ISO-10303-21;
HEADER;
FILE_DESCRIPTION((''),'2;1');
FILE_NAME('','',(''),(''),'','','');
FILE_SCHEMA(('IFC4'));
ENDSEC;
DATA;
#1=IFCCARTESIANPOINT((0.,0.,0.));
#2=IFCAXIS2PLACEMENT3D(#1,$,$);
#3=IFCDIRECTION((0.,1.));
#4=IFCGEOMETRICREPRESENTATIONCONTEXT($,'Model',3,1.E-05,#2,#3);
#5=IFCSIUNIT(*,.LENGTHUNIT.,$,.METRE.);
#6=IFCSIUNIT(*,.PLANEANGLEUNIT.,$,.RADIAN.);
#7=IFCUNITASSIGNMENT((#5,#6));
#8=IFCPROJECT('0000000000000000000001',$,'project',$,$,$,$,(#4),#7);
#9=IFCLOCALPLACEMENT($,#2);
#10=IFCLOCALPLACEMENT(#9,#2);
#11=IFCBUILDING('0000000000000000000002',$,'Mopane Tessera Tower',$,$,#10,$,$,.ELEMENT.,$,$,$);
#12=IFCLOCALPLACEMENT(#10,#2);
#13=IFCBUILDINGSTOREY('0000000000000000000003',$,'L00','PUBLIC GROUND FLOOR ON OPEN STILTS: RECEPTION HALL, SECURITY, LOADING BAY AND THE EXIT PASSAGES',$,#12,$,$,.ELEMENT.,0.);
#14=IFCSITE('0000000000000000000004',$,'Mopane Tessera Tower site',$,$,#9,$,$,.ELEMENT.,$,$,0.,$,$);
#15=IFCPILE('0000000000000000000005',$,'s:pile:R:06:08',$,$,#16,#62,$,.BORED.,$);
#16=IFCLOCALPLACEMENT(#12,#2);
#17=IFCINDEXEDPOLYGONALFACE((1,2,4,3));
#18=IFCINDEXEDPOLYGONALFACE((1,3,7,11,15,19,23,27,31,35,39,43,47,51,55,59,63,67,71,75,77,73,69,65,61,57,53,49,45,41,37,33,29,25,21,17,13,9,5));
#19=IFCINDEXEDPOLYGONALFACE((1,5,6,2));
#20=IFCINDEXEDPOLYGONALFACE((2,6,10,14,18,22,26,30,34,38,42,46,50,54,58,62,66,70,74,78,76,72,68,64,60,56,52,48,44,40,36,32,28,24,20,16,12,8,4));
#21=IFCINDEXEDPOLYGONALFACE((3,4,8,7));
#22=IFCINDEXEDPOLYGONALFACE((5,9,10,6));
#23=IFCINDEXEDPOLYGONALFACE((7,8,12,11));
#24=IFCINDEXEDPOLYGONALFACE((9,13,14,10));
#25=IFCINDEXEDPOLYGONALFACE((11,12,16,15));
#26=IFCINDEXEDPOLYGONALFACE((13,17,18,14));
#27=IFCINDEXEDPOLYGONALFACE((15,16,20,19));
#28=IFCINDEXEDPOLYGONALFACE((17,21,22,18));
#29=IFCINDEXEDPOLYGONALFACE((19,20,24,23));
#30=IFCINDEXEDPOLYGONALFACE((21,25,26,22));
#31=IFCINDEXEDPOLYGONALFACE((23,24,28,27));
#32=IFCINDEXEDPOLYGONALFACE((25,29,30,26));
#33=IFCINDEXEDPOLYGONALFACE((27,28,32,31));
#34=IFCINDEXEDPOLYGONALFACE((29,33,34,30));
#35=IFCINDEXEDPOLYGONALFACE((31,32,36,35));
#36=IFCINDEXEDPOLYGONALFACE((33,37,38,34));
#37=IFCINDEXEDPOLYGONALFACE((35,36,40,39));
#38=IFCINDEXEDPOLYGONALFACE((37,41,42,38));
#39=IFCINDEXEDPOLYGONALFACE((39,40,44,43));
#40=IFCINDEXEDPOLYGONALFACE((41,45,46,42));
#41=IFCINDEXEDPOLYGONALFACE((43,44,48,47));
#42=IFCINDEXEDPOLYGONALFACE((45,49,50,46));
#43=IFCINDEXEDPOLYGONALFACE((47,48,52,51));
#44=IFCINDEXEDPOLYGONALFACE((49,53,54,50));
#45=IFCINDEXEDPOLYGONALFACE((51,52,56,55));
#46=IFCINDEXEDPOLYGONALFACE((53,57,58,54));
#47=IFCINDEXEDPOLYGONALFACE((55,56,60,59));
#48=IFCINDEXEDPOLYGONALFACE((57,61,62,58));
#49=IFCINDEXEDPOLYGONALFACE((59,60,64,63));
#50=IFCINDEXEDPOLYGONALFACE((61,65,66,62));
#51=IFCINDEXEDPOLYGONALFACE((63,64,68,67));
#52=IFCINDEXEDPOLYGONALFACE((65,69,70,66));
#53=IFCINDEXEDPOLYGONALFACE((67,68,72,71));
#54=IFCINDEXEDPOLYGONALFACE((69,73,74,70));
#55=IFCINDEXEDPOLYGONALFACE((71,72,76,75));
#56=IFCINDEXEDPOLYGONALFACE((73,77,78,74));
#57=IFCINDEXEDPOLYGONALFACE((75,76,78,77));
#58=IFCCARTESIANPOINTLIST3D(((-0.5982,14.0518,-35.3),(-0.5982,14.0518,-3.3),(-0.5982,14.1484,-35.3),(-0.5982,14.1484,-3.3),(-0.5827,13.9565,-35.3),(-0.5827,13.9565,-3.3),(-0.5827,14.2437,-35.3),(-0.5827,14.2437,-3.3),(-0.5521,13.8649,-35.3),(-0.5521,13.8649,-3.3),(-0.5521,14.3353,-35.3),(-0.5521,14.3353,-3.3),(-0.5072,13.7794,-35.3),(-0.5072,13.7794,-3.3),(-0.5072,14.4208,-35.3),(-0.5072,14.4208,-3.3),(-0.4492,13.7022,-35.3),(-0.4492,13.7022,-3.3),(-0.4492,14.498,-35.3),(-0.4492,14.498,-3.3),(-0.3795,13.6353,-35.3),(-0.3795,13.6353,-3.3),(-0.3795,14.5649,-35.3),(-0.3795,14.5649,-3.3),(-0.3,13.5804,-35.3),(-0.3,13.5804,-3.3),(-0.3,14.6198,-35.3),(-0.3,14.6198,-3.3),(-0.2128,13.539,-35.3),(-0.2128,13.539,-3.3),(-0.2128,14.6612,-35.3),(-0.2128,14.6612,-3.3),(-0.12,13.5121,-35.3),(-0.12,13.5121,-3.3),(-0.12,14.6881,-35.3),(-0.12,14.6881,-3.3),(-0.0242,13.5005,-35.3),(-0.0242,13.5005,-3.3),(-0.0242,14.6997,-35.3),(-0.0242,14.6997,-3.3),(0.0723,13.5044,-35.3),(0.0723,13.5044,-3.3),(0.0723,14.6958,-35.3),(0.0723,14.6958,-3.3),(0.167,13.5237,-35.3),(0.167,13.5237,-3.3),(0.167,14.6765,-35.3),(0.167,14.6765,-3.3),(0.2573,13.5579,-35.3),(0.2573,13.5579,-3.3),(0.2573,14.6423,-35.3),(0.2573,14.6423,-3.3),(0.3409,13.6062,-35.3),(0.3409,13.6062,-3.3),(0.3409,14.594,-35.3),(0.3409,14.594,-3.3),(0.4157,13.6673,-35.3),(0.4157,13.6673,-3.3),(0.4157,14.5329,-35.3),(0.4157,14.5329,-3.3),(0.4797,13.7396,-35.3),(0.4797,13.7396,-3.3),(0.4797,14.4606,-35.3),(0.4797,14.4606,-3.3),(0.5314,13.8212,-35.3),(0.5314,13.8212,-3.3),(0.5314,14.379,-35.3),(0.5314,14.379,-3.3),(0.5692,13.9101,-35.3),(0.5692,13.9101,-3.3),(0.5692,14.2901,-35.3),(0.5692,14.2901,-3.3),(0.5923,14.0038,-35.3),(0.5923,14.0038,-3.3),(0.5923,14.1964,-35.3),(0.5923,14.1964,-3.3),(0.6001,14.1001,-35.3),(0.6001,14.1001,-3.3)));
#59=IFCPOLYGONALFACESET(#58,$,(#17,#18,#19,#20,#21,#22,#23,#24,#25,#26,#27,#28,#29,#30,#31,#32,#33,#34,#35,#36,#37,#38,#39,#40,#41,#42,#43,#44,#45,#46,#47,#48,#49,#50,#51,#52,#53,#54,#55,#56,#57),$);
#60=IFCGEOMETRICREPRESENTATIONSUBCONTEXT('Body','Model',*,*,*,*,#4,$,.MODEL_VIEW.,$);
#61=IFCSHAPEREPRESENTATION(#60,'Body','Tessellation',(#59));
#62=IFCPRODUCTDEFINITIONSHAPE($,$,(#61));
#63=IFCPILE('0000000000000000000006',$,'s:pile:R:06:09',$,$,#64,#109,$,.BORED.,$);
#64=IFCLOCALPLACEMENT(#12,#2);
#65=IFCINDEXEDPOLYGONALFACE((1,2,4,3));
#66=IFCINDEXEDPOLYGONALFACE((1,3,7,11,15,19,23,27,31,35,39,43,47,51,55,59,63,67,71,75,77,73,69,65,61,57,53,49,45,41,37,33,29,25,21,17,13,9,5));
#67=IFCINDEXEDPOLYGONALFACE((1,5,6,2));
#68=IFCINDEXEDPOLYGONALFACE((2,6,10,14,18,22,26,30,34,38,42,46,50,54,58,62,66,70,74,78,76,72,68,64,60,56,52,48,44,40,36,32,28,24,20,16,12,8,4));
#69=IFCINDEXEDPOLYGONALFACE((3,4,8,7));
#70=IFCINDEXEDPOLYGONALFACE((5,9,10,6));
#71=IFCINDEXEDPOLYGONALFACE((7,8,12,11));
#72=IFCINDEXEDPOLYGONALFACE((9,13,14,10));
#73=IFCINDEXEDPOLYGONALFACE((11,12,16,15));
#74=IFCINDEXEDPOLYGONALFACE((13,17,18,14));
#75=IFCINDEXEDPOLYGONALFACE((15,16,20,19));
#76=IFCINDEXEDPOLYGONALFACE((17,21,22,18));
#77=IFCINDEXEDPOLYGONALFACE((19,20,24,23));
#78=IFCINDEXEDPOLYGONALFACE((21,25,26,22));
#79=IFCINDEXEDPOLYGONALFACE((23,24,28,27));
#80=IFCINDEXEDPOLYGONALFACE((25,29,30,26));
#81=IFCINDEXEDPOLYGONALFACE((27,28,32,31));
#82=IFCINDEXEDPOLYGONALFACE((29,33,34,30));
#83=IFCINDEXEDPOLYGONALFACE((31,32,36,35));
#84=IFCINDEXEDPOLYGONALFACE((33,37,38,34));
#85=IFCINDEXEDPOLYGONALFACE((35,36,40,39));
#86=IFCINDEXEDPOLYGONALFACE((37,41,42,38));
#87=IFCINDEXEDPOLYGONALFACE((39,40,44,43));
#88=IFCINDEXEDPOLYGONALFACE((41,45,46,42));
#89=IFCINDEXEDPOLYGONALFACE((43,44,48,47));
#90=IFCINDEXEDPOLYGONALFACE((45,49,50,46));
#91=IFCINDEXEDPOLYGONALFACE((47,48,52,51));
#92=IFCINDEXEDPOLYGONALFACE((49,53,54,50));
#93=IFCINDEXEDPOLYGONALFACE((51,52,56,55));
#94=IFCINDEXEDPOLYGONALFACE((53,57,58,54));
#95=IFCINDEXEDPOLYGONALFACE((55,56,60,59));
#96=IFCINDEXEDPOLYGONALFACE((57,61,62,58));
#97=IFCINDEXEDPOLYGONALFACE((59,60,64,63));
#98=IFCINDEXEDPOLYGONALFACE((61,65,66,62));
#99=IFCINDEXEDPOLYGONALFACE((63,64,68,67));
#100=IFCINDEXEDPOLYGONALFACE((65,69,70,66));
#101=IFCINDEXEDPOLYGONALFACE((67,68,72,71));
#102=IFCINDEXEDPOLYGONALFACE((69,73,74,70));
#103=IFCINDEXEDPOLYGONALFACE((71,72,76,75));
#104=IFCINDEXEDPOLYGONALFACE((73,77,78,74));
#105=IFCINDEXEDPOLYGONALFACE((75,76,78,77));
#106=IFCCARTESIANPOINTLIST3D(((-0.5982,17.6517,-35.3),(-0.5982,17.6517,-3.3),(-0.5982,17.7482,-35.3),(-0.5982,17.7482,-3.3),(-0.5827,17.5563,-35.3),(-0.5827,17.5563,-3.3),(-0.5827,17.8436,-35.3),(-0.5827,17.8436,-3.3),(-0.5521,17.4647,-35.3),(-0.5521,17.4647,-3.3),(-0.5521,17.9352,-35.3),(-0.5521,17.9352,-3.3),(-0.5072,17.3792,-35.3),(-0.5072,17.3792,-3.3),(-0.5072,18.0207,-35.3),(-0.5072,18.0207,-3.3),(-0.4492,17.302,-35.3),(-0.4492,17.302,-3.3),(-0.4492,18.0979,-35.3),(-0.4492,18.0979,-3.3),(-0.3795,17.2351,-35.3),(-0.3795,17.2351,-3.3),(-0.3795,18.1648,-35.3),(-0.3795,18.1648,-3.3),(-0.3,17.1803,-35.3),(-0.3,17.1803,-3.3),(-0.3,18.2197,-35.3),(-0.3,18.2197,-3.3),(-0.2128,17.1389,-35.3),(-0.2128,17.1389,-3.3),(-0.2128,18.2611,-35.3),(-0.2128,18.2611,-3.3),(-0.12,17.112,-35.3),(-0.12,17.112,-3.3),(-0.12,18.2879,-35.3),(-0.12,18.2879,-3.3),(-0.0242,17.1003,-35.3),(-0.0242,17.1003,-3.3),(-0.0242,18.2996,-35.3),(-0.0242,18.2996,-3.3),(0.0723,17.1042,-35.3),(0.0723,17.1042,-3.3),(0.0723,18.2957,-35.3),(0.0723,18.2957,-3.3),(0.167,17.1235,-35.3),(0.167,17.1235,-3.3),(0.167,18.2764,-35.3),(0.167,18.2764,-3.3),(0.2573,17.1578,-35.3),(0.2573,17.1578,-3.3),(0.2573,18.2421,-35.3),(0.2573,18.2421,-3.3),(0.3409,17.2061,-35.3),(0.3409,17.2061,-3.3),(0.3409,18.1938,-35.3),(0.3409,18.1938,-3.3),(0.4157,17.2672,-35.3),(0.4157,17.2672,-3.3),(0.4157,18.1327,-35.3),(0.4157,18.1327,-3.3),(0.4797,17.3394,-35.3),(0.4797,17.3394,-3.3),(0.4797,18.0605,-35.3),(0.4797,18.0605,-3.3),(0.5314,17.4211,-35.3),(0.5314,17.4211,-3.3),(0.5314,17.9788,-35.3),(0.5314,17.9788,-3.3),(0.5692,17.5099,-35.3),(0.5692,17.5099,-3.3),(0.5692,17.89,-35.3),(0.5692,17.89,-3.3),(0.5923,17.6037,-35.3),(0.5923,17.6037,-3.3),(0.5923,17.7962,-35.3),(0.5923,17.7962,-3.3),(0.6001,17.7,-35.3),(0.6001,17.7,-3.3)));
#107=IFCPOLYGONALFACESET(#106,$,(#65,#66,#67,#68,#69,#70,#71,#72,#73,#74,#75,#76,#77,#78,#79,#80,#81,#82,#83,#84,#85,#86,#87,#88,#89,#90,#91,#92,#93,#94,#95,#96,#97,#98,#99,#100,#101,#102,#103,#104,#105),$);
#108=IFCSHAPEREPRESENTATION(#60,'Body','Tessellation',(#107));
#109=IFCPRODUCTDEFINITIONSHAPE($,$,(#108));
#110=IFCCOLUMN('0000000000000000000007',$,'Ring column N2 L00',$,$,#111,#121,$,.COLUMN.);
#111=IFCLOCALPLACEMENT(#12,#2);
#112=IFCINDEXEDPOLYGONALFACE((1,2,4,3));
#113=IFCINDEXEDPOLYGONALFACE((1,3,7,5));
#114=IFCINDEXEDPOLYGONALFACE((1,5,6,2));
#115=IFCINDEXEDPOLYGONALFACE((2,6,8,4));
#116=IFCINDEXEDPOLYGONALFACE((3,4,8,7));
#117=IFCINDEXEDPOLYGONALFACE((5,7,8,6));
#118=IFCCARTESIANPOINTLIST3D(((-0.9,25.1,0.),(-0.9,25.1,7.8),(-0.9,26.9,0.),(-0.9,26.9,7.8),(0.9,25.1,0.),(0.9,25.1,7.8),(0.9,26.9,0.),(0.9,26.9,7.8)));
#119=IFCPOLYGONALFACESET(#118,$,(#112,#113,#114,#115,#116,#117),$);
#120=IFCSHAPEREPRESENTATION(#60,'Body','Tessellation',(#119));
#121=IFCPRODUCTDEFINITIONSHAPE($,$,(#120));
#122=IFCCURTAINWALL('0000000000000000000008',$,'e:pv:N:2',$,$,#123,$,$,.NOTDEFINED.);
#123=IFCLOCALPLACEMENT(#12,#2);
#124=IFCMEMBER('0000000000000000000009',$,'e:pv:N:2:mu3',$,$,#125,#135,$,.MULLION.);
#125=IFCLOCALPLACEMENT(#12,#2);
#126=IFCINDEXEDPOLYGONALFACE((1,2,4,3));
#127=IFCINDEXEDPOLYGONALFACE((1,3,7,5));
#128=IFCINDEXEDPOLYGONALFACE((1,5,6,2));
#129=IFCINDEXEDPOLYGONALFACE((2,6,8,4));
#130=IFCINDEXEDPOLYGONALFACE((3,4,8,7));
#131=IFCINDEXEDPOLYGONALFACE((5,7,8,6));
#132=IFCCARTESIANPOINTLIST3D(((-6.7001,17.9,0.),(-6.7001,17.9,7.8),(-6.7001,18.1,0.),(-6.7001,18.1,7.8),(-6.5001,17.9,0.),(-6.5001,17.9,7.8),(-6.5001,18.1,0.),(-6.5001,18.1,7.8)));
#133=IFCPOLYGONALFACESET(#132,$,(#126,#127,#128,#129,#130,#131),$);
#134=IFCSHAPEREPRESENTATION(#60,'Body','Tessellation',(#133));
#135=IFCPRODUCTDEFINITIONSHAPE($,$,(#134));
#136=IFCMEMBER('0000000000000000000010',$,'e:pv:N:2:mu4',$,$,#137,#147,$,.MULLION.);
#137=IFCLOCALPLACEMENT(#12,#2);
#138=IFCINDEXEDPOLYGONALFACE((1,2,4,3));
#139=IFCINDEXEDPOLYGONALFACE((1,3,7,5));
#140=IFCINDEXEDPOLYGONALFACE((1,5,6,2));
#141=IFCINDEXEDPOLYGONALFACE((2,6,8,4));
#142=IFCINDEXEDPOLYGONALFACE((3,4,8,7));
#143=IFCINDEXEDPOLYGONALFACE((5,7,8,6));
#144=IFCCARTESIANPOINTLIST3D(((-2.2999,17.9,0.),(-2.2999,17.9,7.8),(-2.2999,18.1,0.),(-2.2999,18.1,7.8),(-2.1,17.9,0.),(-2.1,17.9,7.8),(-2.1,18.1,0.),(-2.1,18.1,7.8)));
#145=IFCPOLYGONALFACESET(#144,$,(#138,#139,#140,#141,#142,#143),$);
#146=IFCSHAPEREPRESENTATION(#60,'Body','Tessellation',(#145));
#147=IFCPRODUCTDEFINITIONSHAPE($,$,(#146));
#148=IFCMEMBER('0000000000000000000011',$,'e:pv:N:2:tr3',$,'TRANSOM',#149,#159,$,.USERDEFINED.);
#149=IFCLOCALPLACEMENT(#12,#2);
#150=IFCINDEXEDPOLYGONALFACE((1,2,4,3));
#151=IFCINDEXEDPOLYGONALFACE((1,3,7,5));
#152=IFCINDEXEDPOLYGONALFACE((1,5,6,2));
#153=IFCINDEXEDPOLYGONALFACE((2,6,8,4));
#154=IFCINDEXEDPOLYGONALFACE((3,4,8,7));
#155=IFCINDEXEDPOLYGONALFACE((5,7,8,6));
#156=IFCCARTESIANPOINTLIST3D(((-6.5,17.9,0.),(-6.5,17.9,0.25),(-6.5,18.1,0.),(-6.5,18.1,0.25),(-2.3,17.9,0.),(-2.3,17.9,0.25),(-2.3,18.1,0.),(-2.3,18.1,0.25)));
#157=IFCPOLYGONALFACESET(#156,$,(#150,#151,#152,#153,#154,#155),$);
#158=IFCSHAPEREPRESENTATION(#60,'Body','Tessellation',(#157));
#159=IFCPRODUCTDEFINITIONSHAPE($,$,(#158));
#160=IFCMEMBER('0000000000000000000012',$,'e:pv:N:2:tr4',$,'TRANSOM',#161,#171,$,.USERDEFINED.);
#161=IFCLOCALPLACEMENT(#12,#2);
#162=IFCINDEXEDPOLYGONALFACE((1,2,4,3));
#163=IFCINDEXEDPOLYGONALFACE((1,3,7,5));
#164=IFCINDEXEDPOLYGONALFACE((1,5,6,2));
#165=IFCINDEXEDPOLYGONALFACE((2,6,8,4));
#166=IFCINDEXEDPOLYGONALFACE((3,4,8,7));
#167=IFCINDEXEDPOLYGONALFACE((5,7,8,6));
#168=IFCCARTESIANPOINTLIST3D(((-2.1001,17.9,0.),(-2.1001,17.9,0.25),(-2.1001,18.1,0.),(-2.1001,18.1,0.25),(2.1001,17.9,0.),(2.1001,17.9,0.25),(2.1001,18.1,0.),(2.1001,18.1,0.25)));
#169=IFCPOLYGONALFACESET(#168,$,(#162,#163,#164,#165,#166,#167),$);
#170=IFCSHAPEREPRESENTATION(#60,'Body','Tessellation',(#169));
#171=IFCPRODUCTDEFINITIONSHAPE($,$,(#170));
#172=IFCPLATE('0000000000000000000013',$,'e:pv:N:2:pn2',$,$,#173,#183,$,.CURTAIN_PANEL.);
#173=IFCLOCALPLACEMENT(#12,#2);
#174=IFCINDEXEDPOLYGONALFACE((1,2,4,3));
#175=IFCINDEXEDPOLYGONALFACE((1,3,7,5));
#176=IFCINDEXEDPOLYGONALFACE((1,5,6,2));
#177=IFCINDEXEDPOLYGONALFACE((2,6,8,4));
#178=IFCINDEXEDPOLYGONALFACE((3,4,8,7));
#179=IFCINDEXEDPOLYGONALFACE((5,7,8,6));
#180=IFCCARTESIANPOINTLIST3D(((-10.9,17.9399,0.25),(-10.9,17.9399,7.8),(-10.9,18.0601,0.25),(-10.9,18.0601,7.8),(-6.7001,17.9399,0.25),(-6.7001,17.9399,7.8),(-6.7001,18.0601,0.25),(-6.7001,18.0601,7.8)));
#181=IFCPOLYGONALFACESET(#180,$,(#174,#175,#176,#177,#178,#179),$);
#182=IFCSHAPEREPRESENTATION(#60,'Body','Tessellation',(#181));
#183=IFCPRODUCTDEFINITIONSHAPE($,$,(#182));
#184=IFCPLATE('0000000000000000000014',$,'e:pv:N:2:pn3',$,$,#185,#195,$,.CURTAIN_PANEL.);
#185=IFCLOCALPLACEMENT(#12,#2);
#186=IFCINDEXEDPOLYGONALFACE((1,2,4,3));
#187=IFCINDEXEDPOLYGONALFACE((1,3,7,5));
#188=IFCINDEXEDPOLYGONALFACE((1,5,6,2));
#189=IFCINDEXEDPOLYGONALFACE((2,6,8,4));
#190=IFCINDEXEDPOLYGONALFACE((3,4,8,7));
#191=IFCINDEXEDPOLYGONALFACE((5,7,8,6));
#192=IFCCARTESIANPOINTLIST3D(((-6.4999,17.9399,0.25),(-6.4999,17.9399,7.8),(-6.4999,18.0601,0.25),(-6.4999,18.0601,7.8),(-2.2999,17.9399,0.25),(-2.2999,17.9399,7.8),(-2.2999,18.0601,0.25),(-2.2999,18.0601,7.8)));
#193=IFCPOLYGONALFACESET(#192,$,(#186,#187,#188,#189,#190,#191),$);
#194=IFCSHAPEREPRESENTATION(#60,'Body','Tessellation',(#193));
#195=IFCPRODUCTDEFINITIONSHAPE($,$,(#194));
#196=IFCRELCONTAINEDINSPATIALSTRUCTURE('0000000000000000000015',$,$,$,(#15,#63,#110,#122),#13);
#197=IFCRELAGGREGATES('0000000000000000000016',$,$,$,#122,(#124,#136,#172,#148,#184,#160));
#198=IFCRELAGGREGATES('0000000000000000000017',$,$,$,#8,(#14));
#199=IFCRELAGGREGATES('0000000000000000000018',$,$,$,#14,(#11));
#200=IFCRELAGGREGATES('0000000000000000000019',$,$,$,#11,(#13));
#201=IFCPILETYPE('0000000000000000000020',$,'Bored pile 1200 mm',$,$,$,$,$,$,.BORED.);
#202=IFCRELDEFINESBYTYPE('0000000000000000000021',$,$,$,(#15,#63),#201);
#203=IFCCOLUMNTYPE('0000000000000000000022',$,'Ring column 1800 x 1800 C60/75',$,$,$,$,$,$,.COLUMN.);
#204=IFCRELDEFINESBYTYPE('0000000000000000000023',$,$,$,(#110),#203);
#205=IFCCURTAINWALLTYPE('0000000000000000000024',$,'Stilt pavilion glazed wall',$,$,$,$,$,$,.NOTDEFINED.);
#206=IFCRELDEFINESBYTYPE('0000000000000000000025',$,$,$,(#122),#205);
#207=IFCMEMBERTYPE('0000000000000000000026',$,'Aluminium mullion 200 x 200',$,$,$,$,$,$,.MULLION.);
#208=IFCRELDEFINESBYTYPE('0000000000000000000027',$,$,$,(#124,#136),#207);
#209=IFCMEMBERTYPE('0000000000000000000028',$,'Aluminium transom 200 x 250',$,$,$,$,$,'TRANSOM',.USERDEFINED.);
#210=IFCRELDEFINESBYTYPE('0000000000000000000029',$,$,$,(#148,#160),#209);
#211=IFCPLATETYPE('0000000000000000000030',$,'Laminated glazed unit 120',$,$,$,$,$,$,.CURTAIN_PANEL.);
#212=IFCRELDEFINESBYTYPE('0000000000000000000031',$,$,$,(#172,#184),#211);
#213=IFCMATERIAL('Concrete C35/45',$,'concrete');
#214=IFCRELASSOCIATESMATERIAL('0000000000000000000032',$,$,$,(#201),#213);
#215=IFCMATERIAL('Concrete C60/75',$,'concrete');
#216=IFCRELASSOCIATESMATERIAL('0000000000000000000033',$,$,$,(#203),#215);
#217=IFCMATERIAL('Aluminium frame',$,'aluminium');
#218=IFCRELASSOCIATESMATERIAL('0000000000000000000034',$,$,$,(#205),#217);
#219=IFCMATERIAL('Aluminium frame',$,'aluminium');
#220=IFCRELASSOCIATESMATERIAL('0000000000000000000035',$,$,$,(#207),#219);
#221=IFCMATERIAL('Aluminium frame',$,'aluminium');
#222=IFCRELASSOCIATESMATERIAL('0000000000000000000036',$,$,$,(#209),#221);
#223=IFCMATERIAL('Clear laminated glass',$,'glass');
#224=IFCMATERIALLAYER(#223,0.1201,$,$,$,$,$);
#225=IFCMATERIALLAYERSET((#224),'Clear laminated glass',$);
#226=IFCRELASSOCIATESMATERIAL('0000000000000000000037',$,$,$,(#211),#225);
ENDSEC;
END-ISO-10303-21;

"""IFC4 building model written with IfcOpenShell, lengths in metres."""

from ifc_helpers import new_model, si_unit, direction, frame, origin, origin_2d, place, context, subcontext, project, spatial, rectangle, circle, extrude, material, layer, layer_set, material_profile, profile_set, type_object, element, aggregate, save


model = new_model("IFC4")

# Units and contexts
model_context = context("Model", 3, precision=1e-05, world=origin(), true_north=direction((0.0, 1.0)))
body_context = subcontext(model_context, "Body", "Model", "MODEL_VIEW")
ifc_project = project(units=[si_unit("LENGTHUNIT", "METRE"), si_unit("PLANEANGLEUNIT", "RADIAN")], contexts=[model_context])

# Site, building, storey
site_placement = place(None, origin())
site = spatial("IfcSite", under=ifc_project, at=site_placement, Name="Mopane Tessera Tower site", CompositionType="ELEMENT", RefElevation=0.0)
building_placement = place(site_placement, origin())
building = spatial("IfcBuilding", under=site, at=building_placement, Name="Mopane Tessera Tower", CompositionType="ELEMENT")
storey_placement = place(building_placement, origin())
storey = spatial("IfcBuildingStorey", under=building, at=storey_placement, Name="L00", Description="PUBLIC GROUND FLOOR ON OPEN STILTS: RECEPTION HALL, SECURITY, LOADING BAY AND THE EXIT PASSAGES", CompositionType="ELEMENT", Elevation=0.0)

# Piles
ifc_material_1 = material(Name="Concrete C35/45", Category="concrete")
ifc_material_profile_1 = material_profile(ifc_material_1, circle(Radius=0.6001, at=origin_2d()))
ifc_profile_set_1 = profile_set([ifc_material_profile_1], Name="Concrete C35/45")
pile_type_1 = type_object("IfcPileType", Name="Bored pile 1200 mm", PredefinedType="BORED", material=ifc_profile_set_1)
for number, where, z_axis, x_axis, name in (
    (1, (0.0, 14.1001, -3.3), (0.0, 0.0, -1.0), (1.0, 0.0, 0.0), "s:pile:R:06:08"),
    (2, (0.0, 17.7, -3.3), (0.0, 0.0, -1.0), (1.0, 0.0, 0.0), "s:pile:R:06:09"),
):
    element("IfcPile", number, at=place(storey_placement, frame(where, z_axis=z_axis, x_axis=x_axis)), inside=storey, type_object=pile_type_1, Name=name, PredefinedType="BORED", context=body_context, shape_type="SweptSolid", body=[
        extrude(circle(Radius=0.6001, at=origin_2d()), origin(), (0.0, 0.0, 1.0), 32.0),
    ])

# Column
ifc_material_2 = material(Name="Concrete C60/75", Category="concrete")
ifc_material_profile_2 = material_profile(ifc_material_2, rectangle(XDim=1.8, YDim=1.8, at=origin_2d()))
ifc_profile_set_2 = profile_set([ifc_material_profile_2], Name="Concrete C60/75")
column_type = type_object("IfcColumnType", Name="Ring column 1800 x 1800 C60/75", PredefinedType="COLUMN", material=ifc_profile_set_2)
column_placement = place(storey_placement, frame((0.0, 26.0, 0.0), z_axis=(0.0, 0.0, 1.0), x_axis=(1.0, 0.0, 0.0)))
element("IfcColumn", 3, at=column_placement, inside=storey, type_object=column_type, Name="Ring column N2 L00", PredefinedType="COLUMN", context=body_context, shape_type="SweptSolid", body=[
    extrude(rectangle(XDim=1.8, YDim=1.8, at=origin_2d()), origin(), (0.0, 0.0, 1.0), 7.8),
])

# Curtain wall, members, plates
ifc_material_3 = material(Name="Aluminium frame", Category="aluminium")
curtain_wall_type = type_object("IfcCurtainWallType", Name="Stilt pavilion glazed wall", PredefinedType="NOTDEFINED", material=ifc_material_3)
curtain_wall_placement = place(storey_placement, origin())
curtain_wall = element("IfcCurtainWall", 4, at=curtain_wall_placement, inside=storey, type_object=curtain_wall_type, Name="e:pv:N:2", PredefinedType="NOTDEFINED")
ifc_material_4 = material(Name="Aluminium frame", Category="aluminium")
ifc_material_profile_3 = material_profile(ifc_material_4, rectangle(XDim=0.2, YDim=0.2, at=origin_2d()))
ifc_profile_set_3 = profile_set([ifc_material_profile_3], Name="Aluminium frame")
member_type_1 = type_object("IfcMemberType", Name="Aluminium mullion 200 x 200", PredefinedType="MULLION", material=ifc_profile_set_3)
member_1_placement = place(storey_placement, frame((-6.6001, 18.0, 0.0), z_axis=(0.0, 0.0, 1.0), x_axis=(1.0, 0.0, 0.0)))
member_1 = element("IfcMember", 5, at=member_1_placement, type_object=member_type_1, Name="e:pv:N:2:mu3", PredefinedType="MULLION", context=body_context, shape_type="SweptSolid", body=[
    extrude(rectangle(XDim=0.2, YDim=0.2, at=origin_2d()), origin(), (0.0, 0.0, 1.0), 7.8),
])
member_2_placement = place(storey_placement, frame((-2.2, 18.0, 0.0), z_axis=(0.0, 0.0, 1.0), x_axis=(1.0, 0.0, 0.0)))
member_2 = element("IfcMember", 6, at=member_2_placement, type_object=member_type_1, Name="e:pv:N:2:mu4", PredefinedType="MULLION", context=body_context, shape_type="SweptSolid", body=[
    extrude(rectangle(XDim=0.2, YDim=0.2, at=origin_2d()), origin(), (0.0, 0.0, 1.0), 7.8),
])
ifc_material_5 = material(Name="Aluminium frame", Category="aluminium")
ifc_material_profile_4 = material_profile(ifc_material_5, rectangle(XDim=0.2, YDim=0.25, at=origin_2d()))
ifc_profile_set_4 = profile_set([ifc_material_profile_4], Name="Aluminium frame")
member_type_2 = type_object("IfcMemberType", Name="Aluminium transom 200 x 250", ElementType="TRANSOM", PredefinedType="USERDEFINED", material=ifc_profile_set_4)
member_3_placement = place(storey_placement, frame((-6.5, 18.0, 0.125), z_axis=(1.0, 0.0, 0.0), x_axis=(0.0, 1.0, 0.0)))
member_3 = element("IfcMember", 7, at=member_3_placement, type_object=member_type_2, Name="e:pv:N:2:tr3", ObjectType="TRANSOM", PredefinedType="USERDEFINED", context=body_context, shape_type="SweptSolid", body=[
    extrude(rectangle(XDim=0.2, YDim=0.25, at=origin_2d()), origin(), (0.0, 0.0, 1.0), 4.2),
])
member_4_placement = place(storey_placement, frame((-2.1001, 18.0, 0.125), z_axis=(1.0, 0.0, 0.0), x_axis=(0.0, 1.0, 0.0)))
member_4 = element("IfcMember", 8, at=member_4_placement, type_object=member_type_2, Name="e:pv:N:2:tr4", ObjectType="TRANSOM", PredefinedType="USERDEFINED", context=body_context, shape_type="SweptSolid", body=[
    extrude(rectangle(XDim=0.2, YDim=0.25, at=origin_2d()), origin(), (0.0, 0.0, 1.0), 4.2002),
])
ifc_material_6 = material(Name="Clear laminated glass", Category="glass")
ifc_layer_1 = layer(ifc_material_6, 0.1201)
ifc_layer_set_1 = layer_set([ifc_layer_1], Name="Clear laminated glass")
plate_type = type_object("IfcPlateType", Name="Laminated glazed unit 120", PredefinedType="CURTAIN_PANEL", material=ifc_layer_set_1)
plate_1_placement = place(storey_placement, frame((-8.8, 18.0, 0.25), z_axis=(0.0, 0.0, 1.0), x_axis=(1.0, 0.0, 0.0)))
plate_1 = element("IfcPlate", 9, at=plate_1_placement, type_object=plate_type, Name="e:pv:N:2:pn2", PredefinedType="CURTAIN_PANEL", context=body_context, shape_type="SweptSolid", body=[
    extrude(rectangle(XDim=4.2, YDim=0.1201, at=origin_2d()), origin(), (0.0, 0.0, 1.0), 7.55),
])
plate_2_placement = place(storey_placement, frame((-4.3999, 18.0, 0.25), z_axis=(0.0, 0.0, 1.0), x_axis=(1.0, 0.0, 0.0)))
plate_2 = element("IfcPlate", 10, at=plate_2_placement, type_object=plate_type, Name="e:pv:N:2:pn3", PredefinedType="CURTAIN_PANEL", context=body_context, shape_type="SweptSolid", body=[
    extrude(rectangle(XDim=4.2, YDim=0.1201, at=origin_2d()), origin(), (0.0, 0.0, 1.0), 7.55),
])
aggregate(curtain_wall, [member_1, member_2, plate_1, member_3, plate_2, member_4])

save(model, "model.ifc")
